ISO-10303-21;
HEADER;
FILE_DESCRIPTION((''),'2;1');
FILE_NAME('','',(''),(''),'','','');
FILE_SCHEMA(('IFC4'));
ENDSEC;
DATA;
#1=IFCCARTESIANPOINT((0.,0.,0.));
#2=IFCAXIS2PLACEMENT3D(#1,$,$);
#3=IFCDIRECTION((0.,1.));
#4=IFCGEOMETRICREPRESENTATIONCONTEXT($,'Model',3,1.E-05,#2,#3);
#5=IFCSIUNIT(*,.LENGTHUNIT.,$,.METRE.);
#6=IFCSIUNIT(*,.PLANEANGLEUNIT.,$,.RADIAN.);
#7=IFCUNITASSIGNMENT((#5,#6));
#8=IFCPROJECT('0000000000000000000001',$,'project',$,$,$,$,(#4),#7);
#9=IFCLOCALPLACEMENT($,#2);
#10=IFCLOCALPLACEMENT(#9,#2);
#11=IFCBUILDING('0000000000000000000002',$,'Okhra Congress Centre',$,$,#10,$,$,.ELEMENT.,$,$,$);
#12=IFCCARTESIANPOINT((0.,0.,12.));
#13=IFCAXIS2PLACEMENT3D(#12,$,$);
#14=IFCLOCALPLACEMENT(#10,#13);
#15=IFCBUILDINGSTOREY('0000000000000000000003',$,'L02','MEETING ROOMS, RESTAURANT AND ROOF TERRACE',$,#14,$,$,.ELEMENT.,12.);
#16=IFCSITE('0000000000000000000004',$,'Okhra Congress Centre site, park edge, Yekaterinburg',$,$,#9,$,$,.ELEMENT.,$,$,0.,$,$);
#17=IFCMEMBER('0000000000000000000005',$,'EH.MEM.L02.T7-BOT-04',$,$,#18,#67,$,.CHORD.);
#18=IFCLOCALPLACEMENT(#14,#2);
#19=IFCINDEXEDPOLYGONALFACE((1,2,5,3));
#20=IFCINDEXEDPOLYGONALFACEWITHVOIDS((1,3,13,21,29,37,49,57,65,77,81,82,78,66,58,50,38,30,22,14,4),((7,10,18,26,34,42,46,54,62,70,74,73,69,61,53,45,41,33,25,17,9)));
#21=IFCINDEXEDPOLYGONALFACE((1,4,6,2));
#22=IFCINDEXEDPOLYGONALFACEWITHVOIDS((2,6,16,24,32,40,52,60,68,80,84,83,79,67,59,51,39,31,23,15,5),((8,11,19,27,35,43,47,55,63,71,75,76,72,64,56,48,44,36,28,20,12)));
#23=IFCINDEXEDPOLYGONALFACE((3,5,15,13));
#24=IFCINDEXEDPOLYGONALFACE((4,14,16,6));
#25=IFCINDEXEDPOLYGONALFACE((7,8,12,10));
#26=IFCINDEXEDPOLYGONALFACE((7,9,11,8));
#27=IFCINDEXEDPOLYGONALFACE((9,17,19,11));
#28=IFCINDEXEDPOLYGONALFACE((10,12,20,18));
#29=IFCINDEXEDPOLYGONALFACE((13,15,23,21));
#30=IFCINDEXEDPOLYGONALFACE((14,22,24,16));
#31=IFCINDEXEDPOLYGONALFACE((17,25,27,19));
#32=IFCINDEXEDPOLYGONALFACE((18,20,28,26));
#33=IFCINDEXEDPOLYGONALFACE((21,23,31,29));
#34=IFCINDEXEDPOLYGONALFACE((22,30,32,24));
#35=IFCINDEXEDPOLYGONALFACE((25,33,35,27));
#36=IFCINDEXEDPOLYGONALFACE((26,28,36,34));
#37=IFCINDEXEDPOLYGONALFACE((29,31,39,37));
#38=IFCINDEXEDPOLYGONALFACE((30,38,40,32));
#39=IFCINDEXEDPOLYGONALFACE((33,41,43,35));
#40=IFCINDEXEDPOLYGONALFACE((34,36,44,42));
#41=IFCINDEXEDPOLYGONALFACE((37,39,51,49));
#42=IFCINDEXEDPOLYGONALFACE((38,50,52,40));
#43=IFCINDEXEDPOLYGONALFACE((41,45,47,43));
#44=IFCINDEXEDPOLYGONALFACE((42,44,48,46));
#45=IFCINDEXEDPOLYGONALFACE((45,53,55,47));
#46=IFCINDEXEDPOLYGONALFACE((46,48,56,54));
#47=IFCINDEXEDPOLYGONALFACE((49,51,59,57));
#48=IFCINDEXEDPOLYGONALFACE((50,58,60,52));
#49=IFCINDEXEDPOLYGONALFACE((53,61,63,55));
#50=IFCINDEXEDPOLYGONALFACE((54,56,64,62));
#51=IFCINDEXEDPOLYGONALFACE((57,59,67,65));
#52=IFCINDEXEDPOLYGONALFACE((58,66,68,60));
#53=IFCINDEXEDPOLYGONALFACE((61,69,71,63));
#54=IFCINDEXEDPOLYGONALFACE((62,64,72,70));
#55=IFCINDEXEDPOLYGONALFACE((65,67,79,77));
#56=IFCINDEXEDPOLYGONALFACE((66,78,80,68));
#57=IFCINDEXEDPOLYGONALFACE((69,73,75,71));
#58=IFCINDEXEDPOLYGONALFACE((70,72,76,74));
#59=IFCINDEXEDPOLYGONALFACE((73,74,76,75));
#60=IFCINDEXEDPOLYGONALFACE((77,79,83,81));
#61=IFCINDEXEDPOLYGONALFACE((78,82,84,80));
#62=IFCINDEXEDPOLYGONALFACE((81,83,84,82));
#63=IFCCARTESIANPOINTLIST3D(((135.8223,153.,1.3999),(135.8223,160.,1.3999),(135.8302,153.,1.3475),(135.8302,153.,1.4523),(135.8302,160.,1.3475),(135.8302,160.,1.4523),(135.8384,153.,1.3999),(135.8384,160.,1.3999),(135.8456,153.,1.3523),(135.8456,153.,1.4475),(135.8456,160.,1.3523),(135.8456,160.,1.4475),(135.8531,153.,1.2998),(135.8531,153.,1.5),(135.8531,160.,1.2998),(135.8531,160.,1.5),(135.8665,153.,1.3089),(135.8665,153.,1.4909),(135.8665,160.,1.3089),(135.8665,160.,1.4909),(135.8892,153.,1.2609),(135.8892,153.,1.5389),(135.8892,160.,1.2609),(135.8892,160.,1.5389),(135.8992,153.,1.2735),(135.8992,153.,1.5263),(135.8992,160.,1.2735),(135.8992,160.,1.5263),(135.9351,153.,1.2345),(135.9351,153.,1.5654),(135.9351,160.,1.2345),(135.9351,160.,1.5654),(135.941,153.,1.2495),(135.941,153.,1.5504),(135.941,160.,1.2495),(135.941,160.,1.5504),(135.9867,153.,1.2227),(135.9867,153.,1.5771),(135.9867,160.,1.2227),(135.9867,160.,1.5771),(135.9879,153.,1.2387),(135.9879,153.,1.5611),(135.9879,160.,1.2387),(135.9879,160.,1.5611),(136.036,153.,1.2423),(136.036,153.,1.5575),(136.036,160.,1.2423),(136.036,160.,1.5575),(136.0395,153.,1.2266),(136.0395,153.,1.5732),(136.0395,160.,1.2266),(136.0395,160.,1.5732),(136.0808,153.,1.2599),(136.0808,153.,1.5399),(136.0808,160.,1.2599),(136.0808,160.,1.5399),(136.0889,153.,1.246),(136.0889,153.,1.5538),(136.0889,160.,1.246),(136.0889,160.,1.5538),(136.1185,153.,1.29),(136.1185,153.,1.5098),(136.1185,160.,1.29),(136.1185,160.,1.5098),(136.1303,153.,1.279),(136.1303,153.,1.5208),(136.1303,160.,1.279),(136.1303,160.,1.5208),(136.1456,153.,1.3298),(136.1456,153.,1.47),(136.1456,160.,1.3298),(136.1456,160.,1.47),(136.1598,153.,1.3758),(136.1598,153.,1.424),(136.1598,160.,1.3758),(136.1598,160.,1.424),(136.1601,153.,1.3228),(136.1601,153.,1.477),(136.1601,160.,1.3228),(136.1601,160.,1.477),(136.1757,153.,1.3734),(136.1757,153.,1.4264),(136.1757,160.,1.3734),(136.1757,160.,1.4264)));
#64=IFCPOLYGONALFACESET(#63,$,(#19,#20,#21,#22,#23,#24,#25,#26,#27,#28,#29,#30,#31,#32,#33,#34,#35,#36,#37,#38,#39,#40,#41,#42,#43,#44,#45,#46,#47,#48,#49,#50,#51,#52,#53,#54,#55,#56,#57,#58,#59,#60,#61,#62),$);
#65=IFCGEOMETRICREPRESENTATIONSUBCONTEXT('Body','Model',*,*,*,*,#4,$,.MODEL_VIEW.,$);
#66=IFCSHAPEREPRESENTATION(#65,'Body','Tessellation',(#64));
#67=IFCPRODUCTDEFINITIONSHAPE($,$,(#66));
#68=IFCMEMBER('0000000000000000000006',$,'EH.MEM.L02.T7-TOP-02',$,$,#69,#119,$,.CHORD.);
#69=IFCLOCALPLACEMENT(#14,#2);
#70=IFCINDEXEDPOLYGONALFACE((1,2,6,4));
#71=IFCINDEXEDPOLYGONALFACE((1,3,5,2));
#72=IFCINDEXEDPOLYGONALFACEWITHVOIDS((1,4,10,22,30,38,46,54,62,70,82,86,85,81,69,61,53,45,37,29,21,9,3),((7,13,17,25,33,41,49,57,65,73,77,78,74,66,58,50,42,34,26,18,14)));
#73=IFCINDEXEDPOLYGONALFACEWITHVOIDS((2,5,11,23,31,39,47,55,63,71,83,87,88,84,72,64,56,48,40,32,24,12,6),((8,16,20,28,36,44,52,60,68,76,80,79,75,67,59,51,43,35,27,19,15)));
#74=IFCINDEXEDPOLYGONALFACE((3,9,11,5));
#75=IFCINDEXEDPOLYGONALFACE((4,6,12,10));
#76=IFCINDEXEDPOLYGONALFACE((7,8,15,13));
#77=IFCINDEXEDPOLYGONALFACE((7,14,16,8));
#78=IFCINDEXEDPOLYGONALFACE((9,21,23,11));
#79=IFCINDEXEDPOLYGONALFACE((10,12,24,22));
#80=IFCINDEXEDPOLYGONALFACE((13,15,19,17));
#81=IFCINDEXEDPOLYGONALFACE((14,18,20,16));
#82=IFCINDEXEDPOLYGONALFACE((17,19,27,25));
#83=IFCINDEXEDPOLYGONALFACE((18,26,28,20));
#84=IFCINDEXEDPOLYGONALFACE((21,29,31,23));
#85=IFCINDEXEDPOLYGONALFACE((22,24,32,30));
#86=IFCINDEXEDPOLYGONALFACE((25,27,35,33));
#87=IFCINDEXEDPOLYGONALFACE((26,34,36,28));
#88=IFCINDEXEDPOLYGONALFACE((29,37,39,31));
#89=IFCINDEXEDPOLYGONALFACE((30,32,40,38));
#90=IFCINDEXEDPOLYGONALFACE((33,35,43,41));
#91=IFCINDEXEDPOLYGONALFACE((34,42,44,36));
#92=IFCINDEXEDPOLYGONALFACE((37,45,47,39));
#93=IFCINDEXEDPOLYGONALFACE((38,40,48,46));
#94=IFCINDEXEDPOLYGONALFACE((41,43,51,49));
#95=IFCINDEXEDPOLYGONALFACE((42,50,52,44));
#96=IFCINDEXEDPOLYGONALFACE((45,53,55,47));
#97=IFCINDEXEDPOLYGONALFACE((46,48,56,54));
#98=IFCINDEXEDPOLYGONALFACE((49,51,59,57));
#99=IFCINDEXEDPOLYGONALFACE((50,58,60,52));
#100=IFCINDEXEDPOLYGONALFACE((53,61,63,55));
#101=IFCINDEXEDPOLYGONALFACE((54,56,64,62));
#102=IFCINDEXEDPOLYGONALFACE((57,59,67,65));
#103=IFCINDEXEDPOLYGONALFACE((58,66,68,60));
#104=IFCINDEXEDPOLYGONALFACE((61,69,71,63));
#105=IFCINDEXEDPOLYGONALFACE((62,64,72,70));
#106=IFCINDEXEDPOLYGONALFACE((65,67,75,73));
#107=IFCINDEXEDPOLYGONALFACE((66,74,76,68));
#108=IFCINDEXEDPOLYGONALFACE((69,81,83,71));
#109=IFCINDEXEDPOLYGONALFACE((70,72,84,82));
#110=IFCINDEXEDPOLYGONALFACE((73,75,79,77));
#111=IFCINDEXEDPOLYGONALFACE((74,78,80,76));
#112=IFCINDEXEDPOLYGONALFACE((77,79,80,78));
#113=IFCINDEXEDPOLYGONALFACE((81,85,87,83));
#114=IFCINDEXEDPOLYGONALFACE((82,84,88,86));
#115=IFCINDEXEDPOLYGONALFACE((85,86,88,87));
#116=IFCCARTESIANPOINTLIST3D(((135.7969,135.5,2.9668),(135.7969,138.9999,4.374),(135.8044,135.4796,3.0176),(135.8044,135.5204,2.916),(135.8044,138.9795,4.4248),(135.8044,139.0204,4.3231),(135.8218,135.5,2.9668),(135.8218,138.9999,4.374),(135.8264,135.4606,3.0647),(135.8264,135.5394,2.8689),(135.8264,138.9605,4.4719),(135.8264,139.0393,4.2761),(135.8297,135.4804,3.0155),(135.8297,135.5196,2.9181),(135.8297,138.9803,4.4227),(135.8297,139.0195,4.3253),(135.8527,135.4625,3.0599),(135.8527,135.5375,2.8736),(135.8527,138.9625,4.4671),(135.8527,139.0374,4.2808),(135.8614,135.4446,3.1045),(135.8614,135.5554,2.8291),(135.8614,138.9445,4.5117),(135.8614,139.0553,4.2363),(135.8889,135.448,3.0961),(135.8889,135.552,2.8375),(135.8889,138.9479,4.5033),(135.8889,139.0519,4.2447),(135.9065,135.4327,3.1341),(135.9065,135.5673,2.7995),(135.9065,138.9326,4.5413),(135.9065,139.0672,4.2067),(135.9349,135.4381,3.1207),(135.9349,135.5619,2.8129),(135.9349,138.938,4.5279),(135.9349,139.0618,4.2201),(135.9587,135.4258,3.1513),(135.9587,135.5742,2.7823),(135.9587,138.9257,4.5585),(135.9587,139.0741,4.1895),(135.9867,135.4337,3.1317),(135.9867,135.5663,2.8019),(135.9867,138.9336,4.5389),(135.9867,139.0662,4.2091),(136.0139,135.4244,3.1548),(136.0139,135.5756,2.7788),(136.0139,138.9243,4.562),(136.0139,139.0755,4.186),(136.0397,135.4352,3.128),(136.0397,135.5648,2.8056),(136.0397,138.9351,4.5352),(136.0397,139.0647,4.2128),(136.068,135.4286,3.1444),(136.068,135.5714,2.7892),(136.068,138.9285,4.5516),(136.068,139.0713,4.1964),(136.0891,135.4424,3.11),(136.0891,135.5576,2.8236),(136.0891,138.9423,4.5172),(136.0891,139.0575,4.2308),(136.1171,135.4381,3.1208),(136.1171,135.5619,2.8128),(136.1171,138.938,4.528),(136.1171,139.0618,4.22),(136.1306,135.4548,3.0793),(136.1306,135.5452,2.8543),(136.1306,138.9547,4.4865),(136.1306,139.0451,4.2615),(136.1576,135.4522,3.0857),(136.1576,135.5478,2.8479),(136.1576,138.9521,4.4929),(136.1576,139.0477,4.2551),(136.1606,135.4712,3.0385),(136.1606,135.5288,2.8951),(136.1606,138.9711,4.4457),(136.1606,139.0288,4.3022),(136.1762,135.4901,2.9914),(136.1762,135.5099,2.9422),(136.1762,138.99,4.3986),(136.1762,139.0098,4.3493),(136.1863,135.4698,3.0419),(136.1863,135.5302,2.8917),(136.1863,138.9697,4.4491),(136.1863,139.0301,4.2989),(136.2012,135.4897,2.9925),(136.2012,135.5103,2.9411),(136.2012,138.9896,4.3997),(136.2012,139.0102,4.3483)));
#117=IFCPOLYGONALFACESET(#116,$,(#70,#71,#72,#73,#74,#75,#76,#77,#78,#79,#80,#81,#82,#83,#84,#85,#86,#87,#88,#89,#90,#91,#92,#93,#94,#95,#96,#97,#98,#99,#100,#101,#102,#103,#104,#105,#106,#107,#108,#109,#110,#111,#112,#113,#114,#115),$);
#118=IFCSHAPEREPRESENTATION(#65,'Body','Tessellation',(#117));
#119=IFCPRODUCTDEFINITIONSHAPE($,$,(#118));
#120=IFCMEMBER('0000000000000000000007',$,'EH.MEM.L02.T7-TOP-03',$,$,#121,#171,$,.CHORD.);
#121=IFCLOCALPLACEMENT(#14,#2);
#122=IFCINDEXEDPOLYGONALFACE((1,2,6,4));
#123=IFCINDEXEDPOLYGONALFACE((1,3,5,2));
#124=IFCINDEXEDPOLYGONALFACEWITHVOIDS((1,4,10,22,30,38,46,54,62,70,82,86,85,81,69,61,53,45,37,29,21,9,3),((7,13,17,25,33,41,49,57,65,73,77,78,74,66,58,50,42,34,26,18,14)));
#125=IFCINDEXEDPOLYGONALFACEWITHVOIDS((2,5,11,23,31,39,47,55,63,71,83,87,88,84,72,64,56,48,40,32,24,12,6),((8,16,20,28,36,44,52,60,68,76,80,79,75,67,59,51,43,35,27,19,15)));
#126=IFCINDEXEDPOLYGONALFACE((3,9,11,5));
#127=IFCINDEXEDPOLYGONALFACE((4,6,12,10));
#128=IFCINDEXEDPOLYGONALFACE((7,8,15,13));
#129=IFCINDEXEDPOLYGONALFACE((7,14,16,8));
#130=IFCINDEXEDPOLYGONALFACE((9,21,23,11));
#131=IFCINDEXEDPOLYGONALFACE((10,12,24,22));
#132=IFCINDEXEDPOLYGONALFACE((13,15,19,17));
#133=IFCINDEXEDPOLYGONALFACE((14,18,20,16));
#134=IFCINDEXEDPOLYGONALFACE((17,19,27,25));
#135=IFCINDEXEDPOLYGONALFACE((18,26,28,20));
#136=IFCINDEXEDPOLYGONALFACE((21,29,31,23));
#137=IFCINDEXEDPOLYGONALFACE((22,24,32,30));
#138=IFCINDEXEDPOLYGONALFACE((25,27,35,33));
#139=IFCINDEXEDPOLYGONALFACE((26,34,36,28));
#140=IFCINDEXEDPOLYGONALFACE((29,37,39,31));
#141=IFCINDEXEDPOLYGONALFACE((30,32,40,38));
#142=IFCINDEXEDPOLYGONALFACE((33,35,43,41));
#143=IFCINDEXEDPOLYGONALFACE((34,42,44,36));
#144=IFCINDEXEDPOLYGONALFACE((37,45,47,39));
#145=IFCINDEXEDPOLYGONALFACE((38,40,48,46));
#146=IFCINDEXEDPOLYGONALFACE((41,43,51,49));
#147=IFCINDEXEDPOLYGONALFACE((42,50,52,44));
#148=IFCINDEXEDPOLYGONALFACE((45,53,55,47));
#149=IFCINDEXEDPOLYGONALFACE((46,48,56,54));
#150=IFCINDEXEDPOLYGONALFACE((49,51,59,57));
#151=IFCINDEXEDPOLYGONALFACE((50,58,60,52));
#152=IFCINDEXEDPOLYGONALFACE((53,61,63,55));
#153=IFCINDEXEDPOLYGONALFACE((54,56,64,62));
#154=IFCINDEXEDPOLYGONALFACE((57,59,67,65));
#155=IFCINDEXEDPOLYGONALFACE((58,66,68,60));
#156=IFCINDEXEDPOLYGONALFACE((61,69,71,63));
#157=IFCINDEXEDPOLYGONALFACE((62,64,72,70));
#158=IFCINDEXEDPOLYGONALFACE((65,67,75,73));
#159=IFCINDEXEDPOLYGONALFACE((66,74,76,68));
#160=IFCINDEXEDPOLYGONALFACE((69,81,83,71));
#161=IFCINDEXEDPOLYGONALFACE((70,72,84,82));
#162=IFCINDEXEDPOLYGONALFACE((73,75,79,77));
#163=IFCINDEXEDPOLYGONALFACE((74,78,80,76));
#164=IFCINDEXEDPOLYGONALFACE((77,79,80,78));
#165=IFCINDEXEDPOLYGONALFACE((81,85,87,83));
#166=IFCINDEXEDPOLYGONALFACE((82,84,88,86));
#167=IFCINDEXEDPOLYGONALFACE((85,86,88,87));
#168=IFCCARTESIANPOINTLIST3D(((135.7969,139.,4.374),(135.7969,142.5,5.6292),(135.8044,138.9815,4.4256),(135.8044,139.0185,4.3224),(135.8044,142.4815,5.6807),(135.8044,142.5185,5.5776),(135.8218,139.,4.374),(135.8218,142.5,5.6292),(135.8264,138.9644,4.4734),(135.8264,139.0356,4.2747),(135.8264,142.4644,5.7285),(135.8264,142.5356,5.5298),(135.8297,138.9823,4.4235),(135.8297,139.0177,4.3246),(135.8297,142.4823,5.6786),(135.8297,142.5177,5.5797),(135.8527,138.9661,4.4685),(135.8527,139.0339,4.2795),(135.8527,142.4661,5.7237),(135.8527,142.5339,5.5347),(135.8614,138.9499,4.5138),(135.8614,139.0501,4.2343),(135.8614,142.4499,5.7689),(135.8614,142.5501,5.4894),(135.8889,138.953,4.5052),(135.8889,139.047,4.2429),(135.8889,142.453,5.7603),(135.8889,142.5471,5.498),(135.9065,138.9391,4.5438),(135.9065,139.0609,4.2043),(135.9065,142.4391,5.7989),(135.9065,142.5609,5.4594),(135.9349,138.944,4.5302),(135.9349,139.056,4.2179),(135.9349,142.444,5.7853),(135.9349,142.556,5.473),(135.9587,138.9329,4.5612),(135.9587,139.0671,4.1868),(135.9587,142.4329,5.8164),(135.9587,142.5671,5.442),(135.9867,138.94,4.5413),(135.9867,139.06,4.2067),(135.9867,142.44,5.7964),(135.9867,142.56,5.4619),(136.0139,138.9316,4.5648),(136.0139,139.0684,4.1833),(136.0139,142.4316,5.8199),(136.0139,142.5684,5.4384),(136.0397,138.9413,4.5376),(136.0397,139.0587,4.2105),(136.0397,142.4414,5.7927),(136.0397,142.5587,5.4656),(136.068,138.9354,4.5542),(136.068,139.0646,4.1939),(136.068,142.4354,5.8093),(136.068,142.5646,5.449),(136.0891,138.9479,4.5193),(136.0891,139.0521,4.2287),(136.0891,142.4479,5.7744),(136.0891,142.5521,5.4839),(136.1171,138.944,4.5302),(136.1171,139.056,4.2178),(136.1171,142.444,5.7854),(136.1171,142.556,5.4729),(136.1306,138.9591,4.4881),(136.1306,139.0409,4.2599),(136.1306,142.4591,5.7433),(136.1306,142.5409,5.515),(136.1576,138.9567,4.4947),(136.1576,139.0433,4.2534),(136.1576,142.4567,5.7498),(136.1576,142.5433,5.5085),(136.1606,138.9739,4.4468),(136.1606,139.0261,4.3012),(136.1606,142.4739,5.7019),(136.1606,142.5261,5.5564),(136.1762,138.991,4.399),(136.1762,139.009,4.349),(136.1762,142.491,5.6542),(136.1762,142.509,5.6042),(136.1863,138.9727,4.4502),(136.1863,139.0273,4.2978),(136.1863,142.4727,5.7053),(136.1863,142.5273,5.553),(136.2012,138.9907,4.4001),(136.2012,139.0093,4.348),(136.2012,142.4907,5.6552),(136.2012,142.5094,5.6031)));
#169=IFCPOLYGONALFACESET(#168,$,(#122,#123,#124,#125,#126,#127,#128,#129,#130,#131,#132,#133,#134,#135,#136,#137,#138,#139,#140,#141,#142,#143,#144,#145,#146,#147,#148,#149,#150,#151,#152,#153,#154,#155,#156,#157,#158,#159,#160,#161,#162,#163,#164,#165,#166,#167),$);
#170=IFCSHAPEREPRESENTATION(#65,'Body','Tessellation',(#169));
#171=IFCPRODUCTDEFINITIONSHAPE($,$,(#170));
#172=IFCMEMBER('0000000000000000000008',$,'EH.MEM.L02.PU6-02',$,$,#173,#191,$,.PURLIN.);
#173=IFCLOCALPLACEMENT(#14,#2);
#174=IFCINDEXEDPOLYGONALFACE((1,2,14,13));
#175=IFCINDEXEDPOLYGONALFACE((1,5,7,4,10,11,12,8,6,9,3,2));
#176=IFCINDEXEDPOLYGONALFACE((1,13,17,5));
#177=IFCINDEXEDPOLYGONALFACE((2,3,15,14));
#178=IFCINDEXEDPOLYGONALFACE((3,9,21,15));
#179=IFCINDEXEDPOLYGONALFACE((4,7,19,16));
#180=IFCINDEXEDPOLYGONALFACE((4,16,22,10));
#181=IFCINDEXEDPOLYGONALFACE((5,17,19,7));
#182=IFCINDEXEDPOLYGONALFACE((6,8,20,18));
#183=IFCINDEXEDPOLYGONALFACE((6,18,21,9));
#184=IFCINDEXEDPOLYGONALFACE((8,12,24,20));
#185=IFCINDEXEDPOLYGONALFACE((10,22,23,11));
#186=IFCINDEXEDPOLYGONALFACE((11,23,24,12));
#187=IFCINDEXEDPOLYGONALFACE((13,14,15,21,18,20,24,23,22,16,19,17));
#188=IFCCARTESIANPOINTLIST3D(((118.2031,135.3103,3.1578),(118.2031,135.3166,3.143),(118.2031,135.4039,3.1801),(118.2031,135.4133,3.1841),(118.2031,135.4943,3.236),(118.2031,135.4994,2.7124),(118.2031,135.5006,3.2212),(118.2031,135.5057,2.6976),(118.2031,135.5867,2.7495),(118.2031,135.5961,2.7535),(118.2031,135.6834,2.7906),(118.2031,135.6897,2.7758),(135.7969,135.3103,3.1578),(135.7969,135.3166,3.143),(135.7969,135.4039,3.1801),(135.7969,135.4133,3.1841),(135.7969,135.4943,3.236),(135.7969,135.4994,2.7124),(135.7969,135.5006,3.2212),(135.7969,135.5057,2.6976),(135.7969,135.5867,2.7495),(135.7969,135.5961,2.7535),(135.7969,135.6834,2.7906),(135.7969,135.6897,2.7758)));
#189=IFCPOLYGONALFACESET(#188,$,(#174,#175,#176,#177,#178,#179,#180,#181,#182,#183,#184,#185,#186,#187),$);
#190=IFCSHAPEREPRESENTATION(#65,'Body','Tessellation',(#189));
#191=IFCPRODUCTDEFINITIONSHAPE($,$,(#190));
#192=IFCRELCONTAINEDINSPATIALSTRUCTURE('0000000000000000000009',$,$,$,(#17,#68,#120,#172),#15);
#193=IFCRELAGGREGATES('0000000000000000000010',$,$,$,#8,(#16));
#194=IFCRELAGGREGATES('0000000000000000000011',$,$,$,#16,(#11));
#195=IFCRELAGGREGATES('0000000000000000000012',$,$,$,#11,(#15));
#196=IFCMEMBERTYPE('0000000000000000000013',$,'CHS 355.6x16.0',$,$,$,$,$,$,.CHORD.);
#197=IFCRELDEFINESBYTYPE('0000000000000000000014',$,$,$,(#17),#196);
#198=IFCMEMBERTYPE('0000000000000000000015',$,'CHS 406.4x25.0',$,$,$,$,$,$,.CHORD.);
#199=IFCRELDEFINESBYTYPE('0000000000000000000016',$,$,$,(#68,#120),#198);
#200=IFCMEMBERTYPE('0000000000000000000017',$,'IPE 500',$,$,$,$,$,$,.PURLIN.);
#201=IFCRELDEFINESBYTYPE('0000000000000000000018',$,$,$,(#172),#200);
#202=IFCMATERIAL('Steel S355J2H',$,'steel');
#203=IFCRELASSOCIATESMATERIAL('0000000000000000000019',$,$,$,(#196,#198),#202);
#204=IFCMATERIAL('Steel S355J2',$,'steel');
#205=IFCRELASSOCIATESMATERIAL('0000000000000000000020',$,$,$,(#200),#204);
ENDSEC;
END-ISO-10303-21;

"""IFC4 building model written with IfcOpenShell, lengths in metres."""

from ifc_helpers import new_model, si_unit, direction, frame, origin, origin_2d, place, context, subcontext, project, spatial, hollow_circle, i_section, extrude, material, material_profile, profile_set, type_object, element, save


model = new_model("IFC4")

# Units and contexts
model_context = context("Model", 3, precision=1e-05, world=origin(), true_north=direction((0.0, 1.0)))
body_context = subcontext(model_context, "Body", "Model", "MODEL_VIEW")
ifc_project = project(units=[si_unit("LENGTHUNIT", "METRE"), si_unit("PLANEANGLEUNIT", "RADIAN")], contexts=[model_context])

# Site, building, storey
site_placement = place(None, origin())
site = spatial("IfcSite", under=ifc_project, at=site_placement, Name="Okhra Congress Centre site, park edge, Yekaterinburg", CompositionType="ELEMENT", RefElevation=0.0)
building_placement = place(site_placement, origin())
building = spatial("IfcBuilding", under=site, at=building_placement, Name="Okhra Congress Centre", CompositionType="ELEMENT")
storey_placement = place(building_placement, frame((0.0, 0.0, 12.0)))
storey = spatial("IfcBuildingStorey", under=building, at=storey_placement, Name="L02", Description="MEETING ROOMS, RESTAURANT AND ROOF TERRACE", CompositionType="ELEMENT", Elevation=12.0)

# Shared definitions
ifc_material_1 = material(Name="Steel S355J2", Category="steel")

# Members
ifc_material_2 = material(Name="Steel S355J2H", Category="steel")
ifc_material_profile_1 = material_profile(ifc_material_2, hollow_circle(Radius=0.1777, WallThickness=0.0161, at=origin_2d()), Name="CHS 355.6x16.0")
ifc_profile_set_1 = profile_set([ifc_material_profile_1], Name="Steel S355J2H")
member_type_1 = type_object("IfcMemberType", Name="CHS 355.6x16.0", PredefinedType="CHORD", material=ifc_profile_set_1)
for number, where, z_axis, x_axis, name in (
    (1, (136.0, 153.0, 1.3999), (0.0, 1.0, 0.0), (-1.0, 0.0, 0.0), "EH.MEM.L02.T7-BOT-04"),
):
    element("IfcMember", number, at=place(storey_placement, frame(where, z_axis=z_axis, x_axis=x_axis)), inside=storey, type_object=member_type_1, Name=name, PredefinedType="CHORD", context=body_context, shape_type="SweptSolid", body=[
        extrude(hollow_circle(Radius=0.1777, WallThickness=0.0161, at=origin_2d()), origin(), (0.0, 0.0, 1.0), 7.0),
    ])
ifc_material_profile_2 = material_profile(ifc_material_2, hollow_circle(Radius=0.2031, WallThickness=0.0249, at=origin_2d()), Name="CHS 406.4x25.0")
ifc_profile_set_2 = profile_set([ifc_material_profile_2], Name="Steel S355J2H")
member_type_2 = type_object("IfcMemberType", Name="CHS 406.4x25.0", PredefinedType="CHORD", material=ifc_profile_set_2)
member_1_placement = place(storey_placement, frame((136.0, 135.5, 2.9668), z_axis=(0.0, 0.927815, 0.373042), x_axis=(-1.0, 0.0, 0.0)))
element("IfcMember", 2, at=member_1_placement, inside=storey, type_object=member_type_2, Name="EH.MEM.L02.T7-TOP-02", PredefinedType="CHORD", context=body_context, shape_type="SweptSolid", body=[
    extrude(hollow_circle(Radius=0.2031, WallThickness=0.0249, at=origin_2d()), origin(), (0.0, 0.0, 1.0), 3.7722),
])
member_2_placement = place(storey_placement, frame((136.0, 139.0, 4.374), z_axis=(0.0, 0.941304, 0.337559), x_axis=(-1.0, 0.0, 0.0)))
element("IfcMember", 3, at=member_2_placement, inside=storey, type_object=member_type_2, Name="EH.MEM.L02.T7-TOP-03", PredefinedType="CHORD", context=body_context, shape_type="SweptSolid", body=[
    extrude(hollow_circle(Radius=0.2031, WallThickness=0.0249, at=origin_2d()), origin(), (0.0, 0.0, 1.0), 3.7183),
])
ifc_material_profile_3 = material_profile(ifc_material_1, i_section(OverallWidth=0.2, OverallDepth=0.5, WebThickness=0.0103, FlangeThickness=0.0161, at=origin_2d()), Name="IPE 500")
ifc_profile_set_3 = profile_set([ifc_material_profile_3], Name="Steel S355J2")
member_type_3 = type_object("IfcMemberType", Name="IPE 500", PredefinedType="PURLIN", material=ifc_profile_set_3)
for number, where, z_axis, x_axis, name in (
    (4, (118.2031, 135.5, 2.9668), (1.0, 0.0, 0.0), (0.0, 0.920437, 0.39089), "EH.MEM.L02.PU6-02"),
):
    element("IfcMember", number, at=place(storey_placement, frame(where, z_axis=z_axis, x_axis=x_axis)), inside=storey, type_object=member_type_3, Name=name, PredefinedType="PURLIN", context=body_context, shape_type="SweptSolid", body=[
        extrude(i_section(OverallWidth=0.2, OverallDepth=0.5, WebThickness=0.0103, FlangeThickness=0.0161, at=origin_2d()), origin(), (0.0, 0.0, 1.0), 17.5938),
    ])

save(model, "model.ifc")
